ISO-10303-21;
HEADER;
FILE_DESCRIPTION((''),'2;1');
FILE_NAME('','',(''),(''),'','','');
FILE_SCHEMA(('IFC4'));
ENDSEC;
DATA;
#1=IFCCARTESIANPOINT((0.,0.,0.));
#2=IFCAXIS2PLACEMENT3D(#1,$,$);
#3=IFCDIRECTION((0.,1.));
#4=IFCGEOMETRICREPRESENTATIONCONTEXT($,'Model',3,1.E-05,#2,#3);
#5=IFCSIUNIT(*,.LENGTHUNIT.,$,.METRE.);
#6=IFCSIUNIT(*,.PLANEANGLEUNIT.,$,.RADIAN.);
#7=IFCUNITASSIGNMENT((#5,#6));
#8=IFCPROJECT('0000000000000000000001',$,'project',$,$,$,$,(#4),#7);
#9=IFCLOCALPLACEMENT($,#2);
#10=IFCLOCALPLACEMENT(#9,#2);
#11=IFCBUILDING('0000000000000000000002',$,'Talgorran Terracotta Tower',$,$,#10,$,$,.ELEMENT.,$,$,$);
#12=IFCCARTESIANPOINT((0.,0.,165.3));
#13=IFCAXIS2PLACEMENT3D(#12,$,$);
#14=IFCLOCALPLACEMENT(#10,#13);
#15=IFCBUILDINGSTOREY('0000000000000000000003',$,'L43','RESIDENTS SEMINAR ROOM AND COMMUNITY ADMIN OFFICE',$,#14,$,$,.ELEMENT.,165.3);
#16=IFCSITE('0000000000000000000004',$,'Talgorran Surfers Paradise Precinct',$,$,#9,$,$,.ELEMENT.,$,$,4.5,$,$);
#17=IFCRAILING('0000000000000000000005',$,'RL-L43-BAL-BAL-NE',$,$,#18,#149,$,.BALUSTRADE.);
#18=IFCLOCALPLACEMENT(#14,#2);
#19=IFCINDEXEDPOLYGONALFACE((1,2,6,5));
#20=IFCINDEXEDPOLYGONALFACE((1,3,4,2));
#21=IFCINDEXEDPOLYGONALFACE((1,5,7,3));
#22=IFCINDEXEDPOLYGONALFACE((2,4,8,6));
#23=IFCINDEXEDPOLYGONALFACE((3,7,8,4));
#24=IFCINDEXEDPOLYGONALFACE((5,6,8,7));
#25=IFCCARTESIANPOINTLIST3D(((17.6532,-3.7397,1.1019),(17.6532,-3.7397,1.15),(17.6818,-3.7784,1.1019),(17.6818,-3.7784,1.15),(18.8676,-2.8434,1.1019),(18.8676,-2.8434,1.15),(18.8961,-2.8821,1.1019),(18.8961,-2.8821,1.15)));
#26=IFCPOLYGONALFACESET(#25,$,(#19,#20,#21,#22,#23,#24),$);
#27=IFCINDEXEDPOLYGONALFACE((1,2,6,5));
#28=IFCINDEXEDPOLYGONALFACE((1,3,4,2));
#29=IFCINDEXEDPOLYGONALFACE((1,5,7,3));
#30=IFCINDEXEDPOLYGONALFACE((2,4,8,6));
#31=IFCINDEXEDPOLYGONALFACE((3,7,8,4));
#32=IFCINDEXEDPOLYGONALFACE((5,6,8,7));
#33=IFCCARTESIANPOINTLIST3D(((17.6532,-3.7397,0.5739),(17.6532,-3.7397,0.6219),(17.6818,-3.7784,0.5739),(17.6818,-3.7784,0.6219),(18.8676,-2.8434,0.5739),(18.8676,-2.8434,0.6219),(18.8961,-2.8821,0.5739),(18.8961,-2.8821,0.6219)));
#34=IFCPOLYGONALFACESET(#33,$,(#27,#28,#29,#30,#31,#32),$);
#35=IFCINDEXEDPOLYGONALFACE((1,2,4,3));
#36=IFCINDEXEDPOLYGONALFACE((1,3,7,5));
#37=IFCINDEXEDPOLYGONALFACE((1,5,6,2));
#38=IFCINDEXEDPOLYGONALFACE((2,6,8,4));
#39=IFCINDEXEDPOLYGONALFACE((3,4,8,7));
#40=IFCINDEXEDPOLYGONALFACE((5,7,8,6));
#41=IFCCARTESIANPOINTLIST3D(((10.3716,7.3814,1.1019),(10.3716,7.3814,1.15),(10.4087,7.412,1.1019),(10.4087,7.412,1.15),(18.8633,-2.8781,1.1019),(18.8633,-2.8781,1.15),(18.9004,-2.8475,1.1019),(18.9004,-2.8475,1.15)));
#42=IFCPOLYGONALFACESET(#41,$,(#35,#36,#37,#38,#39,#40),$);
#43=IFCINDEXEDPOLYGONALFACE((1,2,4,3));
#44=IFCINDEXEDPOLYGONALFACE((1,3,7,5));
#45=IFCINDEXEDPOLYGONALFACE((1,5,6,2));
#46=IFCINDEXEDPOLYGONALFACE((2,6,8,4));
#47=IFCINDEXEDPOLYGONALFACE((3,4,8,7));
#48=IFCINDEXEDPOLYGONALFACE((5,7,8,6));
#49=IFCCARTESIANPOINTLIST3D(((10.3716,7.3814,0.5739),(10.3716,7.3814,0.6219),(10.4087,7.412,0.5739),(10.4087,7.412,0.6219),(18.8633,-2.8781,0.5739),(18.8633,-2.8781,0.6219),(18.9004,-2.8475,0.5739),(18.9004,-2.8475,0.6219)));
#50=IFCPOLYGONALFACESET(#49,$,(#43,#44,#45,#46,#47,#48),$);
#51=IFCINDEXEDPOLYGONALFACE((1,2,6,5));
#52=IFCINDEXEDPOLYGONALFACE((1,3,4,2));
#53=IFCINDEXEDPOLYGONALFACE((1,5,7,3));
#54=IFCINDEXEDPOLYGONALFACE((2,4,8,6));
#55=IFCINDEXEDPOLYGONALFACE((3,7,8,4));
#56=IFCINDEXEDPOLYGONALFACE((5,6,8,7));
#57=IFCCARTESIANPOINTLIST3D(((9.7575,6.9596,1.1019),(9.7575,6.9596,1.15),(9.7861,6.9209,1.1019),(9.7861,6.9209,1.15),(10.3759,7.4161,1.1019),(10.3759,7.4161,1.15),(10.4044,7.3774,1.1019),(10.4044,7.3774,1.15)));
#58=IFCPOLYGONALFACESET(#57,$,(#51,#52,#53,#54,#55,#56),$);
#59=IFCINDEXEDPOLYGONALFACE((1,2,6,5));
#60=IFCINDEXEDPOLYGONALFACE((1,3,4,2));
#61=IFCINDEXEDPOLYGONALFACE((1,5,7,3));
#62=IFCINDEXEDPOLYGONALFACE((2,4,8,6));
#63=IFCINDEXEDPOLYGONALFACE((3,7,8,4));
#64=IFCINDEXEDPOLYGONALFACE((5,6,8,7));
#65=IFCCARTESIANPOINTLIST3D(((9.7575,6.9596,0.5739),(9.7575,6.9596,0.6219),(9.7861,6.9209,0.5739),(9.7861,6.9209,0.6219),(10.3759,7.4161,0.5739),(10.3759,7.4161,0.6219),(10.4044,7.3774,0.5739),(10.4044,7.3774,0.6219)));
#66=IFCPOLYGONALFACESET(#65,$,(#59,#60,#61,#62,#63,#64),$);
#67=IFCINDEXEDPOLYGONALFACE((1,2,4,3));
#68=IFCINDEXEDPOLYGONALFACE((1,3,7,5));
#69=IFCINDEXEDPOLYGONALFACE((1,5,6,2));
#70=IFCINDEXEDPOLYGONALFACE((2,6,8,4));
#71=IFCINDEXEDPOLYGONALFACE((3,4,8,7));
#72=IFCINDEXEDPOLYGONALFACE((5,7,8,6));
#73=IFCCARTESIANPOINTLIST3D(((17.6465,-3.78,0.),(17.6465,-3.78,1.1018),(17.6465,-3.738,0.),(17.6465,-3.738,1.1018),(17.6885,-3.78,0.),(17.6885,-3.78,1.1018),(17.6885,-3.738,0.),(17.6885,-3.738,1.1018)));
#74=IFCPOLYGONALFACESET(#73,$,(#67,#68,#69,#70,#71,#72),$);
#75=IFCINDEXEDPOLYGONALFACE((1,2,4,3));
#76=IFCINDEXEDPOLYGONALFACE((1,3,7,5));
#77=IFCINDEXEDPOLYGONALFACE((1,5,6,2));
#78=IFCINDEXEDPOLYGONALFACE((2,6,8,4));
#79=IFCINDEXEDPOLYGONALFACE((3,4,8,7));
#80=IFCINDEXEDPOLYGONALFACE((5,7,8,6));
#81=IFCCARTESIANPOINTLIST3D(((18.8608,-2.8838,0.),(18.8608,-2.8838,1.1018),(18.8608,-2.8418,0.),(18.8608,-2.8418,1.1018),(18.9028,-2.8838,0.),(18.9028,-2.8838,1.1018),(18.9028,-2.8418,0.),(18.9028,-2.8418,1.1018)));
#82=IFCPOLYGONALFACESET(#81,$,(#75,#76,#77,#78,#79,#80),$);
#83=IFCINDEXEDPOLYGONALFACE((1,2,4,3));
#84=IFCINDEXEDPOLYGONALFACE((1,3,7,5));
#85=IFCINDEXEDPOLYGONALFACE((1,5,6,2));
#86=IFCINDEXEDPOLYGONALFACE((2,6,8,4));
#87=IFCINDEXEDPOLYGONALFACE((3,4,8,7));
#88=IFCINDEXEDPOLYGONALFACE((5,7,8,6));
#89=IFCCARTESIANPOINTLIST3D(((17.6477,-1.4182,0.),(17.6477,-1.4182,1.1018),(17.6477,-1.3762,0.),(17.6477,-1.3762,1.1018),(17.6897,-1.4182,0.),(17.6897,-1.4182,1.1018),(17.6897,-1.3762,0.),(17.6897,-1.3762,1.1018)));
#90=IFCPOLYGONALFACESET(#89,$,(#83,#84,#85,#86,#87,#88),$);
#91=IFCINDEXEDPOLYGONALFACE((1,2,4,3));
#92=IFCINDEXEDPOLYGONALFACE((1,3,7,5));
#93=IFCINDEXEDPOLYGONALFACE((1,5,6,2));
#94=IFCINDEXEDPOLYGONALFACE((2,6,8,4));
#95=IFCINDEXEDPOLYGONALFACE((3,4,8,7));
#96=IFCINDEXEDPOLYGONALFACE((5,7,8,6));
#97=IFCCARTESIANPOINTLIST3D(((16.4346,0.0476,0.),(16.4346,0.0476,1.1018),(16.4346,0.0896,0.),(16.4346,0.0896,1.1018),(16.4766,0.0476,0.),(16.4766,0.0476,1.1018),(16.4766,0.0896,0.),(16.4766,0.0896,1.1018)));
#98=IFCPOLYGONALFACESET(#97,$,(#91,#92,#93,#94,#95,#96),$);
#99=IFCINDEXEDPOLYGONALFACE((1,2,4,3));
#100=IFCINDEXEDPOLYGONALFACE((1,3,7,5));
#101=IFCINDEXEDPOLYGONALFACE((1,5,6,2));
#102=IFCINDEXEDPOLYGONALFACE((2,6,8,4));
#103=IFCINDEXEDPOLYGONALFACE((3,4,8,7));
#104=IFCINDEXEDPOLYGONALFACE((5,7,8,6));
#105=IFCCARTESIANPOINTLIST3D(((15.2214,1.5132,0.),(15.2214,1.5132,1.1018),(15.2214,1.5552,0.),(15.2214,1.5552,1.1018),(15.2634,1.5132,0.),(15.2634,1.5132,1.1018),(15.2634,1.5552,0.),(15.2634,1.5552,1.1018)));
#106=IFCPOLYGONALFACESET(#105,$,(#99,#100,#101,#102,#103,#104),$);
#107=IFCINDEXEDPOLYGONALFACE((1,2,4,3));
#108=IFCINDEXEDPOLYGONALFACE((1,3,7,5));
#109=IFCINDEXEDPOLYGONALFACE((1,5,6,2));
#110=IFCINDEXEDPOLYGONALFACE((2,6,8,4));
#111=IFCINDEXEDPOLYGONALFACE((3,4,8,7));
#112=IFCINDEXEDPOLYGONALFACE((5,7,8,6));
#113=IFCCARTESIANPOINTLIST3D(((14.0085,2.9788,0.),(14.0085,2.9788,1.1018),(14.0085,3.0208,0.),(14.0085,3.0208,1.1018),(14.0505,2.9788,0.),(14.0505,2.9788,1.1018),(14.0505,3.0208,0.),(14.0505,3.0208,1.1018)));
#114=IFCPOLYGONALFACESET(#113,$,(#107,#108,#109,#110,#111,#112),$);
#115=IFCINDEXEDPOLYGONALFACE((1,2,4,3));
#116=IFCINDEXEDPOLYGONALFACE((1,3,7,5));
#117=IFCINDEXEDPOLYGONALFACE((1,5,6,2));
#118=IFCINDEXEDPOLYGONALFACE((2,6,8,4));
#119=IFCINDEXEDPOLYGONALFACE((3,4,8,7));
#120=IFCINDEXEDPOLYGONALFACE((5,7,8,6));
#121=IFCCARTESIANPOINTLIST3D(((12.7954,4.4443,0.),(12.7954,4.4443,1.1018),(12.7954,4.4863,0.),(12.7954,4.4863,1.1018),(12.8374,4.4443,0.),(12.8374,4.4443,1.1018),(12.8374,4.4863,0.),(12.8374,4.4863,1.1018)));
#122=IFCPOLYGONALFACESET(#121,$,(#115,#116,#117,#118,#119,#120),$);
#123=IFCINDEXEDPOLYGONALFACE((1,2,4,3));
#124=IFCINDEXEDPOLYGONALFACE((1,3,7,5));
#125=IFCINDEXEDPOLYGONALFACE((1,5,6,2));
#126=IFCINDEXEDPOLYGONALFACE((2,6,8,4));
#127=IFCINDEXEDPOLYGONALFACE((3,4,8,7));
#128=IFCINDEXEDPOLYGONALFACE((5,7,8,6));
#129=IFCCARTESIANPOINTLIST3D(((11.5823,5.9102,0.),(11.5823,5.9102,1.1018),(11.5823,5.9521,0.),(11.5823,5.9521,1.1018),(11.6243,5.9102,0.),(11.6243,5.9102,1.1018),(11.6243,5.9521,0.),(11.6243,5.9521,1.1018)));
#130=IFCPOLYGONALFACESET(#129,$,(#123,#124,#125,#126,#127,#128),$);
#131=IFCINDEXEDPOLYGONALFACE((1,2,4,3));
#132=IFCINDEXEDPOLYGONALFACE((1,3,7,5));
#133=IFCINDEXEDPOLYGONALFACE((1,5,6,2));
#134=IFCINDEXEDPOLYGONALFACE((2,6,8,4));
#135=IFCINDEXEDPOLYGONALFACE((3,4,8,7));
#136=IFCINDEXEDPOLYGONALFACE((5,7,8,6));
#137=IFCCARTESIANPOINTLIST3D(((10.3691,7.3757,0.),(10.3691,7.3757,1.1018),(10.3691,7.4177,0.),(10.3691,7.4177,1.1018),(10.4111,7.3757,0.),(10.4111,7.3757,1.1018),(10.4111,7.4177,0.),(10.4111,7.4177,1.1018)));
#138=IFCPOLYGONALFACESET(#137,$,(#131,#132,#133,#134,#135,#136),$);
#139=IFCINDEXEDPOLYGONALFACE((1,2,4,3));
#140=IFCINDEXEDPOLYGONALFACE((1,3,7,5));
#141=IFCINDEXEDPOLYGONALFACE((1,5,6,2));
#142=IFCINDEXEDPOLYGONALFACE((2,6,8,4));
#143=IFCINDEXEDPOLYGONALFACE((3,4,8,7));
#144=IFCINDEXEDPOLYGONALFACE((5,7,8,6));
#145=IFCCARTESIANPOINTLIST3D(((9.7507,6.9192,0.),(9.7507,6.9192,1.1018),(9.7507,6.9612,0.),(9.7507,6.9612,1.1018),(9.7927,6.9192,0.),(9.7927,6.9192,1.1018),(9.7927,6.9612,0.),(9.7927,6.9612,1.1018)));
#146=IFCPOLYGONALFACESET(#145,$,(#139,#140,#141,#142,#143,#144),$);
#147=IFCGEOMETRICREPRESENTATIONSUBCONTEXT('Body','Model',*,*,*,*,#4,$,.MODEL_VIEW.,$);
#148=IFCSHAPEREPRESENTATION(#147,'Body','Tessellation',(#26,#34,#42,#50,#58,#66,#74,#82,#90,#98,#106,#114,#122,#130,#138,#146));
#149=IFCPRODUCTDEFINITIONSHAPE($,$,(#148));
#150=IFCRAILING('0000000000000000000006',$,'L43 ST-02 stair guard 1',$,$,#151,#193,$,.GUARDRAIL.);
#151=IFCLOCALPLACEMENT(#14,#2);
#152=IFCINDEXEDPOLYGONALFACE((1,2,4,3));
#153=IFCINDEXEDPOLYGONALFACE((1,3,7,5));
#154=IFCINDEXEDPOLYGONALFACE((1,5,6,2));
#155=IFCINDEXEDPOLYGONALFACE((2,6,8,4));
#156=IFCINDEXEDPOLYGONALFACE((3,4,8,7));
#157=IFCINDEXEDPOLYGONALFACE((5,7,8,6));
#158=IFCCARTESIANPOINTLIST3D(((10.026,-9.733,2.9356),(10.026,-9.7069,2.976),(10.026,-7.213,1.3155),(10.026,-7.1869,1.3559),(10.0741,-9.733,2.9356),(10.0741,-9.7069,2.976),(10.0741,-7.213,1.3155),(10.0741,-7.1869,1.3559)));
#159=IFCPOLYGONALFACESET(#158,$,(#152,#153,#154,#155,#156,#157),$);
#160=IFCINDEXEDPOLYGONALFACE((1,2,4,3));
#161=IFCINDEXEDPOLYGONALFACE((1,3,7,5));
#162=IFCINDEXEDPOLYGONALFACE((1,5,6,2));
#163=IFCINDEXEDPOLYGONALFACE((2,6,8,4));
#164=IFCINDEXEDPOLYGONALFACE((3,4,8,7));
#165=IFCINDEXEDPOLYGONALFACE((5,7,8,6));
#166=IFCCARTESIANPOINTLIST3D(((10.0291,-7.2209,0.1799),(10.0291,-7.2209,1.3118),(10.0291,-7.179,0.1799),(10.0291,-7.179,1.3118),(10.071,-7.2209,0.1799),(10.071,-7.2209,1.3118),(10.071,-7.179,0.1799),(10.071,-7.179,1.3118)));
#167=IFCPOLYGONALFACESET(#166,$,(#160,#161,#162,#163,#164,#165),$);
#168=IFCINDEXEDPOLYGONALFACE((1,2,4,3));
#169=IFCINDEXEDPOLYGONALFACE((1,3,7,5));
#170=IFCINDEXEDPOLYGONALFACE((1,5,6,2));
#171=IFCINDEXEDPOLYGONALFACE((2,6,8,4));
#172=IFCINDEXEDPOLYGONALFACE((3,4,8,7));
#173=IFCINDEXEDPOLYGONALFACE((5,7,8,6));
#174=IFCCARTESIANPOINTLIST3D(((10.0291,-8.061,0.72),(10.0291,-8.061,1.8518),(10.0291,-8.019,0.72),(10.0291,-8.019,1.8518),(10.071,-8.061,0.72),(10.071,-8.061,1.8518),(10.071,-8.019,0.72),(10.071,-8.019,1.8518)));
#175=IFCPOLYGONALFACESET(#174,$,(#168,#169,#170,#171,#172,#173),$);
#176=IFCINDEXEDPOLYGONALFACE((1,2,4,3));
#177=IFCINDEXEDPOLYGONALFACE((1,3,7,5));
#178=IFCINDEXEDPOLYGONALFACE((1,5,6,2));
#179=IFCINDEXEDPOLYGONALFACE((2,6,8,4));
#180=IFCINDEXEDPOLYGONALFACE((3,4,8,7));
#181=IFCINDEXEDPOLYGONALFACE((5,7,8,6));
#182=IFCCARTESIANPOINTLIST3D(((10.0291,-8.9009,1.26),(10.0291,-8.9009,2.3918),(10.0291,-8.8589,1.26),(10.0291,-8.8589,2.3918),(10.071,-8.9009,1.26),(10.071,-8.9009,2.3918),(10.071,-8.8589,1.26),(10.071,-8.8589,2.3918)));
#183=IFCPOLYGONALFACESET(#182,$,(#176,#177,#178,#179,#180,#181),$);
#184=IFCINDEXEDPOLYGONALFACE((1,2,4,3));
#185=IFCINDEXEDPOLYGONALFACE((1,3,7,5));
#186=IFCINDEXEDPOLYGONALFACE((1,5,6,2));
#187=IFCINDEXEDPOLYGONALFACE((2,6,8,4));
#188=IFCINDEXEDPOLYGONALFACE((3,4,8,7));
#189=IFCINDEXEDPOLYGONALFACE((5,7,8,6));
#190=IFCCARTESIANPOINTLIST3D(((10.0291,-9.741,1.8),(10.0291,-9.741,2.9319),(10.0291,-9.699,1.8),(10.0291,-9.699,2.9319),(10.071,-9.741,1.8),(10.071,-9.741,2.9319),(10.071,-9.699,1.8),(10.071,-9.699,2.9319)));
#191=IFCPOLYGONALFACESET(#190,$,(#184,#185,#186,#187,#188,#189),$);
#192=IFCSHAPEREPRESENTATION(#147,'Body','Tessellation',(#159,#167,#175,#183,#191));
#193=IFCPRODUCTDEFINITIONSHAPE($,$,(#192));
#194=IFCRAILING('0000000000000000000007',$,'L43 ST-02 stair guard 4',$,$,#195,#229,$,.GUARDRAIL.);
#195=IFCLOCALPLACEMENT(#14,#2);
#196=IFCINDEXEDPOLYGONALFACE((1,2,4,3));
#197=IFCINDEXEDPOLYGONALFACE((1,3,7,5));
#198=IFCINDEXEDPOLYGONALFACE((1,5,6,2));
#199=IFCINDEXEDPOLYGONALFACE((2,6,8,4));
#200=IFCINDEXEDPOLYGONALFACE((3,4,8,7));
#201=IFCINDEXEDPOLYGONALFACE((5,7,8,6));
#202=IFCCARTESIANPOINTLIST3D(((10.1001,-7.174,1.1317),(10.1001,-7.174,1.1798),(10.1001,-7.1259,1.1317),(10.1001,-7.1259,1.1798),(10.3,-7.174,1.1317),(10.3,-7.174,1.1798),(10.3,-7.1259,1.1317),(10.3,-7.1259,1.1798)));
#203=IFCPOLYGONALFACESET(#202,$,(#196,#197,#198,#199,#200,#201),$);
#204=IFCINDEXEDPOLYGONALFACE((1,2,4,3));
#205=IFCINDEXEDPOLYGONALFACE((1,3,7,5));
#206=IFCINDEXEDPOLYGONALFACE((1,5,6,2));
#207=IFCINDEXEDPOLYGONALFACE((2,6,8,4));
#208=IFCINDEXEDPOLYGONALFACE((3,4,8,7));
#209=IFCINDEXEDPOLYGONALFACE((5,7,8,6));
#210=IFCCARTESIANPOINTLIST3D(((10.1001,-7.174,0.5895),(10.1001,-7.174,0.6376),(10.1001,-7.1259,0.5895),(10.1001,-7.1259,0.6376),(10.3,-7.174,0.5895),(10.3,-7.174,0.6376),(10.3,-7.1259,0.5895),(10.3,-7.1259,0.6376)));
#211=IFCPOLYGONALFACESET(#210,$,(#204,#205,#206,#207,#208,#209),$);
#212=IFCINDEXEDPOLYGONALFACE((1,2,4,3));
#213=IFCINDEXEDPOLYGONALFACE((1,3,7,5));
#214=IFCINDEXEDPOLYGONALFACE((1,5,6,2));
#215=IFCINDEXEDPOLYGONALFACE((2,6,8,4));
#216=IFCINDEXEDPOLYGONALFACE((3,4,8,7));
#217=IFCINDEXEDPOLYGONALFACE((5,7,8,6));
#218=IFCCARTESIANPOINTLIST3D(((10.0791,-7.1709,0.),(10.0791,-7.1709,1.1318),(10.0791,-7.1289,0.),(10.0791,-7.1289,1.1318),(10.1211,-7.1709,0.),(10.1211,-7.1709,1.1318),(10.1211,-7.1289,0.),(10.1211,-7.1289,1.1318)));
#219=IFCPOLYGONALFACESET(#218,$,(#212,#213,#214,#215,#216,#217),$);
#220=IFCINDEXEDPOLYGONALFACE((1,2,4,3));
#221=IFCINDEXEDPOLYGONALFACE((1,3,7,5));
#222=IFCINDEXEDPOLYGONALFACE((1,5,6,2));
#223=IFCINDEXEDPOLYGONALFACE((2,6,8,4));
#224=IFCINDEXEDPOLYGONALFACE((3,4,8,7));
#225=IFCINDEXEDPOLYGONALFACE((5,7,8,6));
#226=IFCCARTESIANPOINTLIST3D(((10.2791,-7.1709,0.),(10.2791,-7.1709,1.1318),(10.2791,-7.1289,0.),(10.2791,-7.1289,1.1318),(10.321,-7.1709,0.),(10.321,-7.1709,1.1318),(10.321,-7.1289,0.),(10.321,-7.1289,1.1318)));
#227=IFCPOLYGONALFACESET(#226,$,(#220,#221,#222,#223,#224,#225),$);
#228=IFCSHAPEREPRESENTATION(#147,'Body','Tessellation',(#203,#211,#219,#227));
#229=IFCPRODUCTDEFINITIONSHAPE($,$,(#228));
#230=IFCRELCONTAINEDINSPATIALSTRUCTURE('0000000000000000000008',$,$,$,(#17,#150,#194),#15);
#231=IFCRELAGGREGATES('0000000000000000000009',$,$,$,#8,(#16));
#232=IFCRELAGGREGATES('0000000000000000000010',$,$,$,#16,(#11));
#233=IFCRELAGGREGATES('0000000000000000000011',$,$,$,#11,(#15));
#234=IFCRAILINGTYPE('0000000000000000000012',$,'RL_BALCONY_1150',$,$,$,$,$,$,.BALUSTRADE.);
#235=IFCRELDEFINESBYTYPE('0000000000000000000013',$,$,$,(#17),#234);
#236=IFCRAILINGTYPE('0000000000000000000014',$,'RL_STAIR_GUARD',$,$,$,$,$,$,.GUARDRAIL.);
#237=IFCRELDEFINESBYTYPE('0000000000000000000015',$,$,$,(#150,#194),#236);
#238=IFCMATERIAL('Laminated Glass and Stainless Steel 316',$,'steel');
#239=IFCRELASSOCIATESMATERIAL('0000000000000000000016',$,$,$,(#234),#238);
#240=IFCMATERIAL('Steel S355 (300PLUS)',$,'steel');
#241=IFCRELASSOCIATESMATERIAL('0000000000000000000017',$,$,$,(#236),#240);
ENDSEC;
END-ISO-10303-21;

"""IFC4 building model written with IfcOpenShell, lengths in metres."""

from ifc_helpers import new_model, si_unit, direction, frame, origin, origin_2d, place, context, subcontext, project, spatial, rectangle, extrude, material, type_object, element, save


model = new_model("IFC4")

# Units and contexts
model_context = context("Model", 3, precision=1e-05, world=origin(), true_north=direction((0.0, 1.0)))
body_context = subcontext(model_context, "Body", "Model", "MODEL_VIEW")
ifc_project = project(units=[si_unit("LENGTHUNIT", "METRE"), si_unit("PLANEANGLEUNIT", "RADIAN")], contexts=[model_context])

# Site, building, storey
site_placement = place(None, origin())
site = spatial("IfcSite", under=ifc_project, at=site_placement, Name="Talgorran Surfers Paradise Precinct", CompositionType="ELEMENT", RefElevation=4.5)
building_placement = place(site_placement, origin())
building = spatial("IfcBuilding", under=site, at=building_placement, Name="Talgorran Terracotta Tower", CompositionType="ELEMENT")
storey_placement = place(building_placement, frame((0.0, 0.0, 165.3)))
storey = spatial("IfcBuildingStorey", under=building, at=storey_placement, Name="L43", Description="RESIDENTS SEMINAR ROOM AND COMMUNITY ADMIN OFFICE", CompositionType="ELEMENT", Elevation=165.3)

# Shared definitions
ifc_material_1 = material(Name="Steel S355 (300PLUS)", Category="steel")

# Railings
ifc_material_2 = material(Name="Laminated Glass and Stainless Steel 316", Category="steel")
railing_type_1 = type_object("IfcRailingType", Name="RL_BALCONY_1150", PredefinedType="BALUSTRADE", material=ifc_material_2)
railing_1_placement = place(storey_placement, frame((17.6675, -3.759, 0.0)))
element("IfcRailing", 1, at=railing_1_placement, inside=storey, type_object=railing_type_1, Name="RL-L43-BAL-BAL-NE", PredefinedType="BALUSTRADE", context=body_context, shape_type="SweptSolid", body=[
    extrude(rectangle(XDim=0.0481, YDim=0.0481, at=origin_2d()), frame((0.0, 0.0, 1.126), z_axis=(0.804596, 0.593822, 0.0), x_axis=(-0.593822, 0.804596, 0.0)), (0.0, 0.0, 1.0), 1.5093),
    extrude(rectangle(XDim=0.0481, YDim=0.0481, at=origin_2d()), frame((0.0, 0.0, 0.5979), z_axis=(0.804596, 0.593822, 0.0), x_axis=(-0.593822, 0.804596, 0.0)), (0.0, 0.0, 1.0), 1.5093),
    extrude(rectangle(XDim=0.0481, YDim=0.0481, at=origin_2d()), frame((1.2144, 0.8962, 1.126), z_axis=(-0.637615, 0.770355, 0.0), x_axis=(-0.770355, -0.637615, 0.0)), (0.0, 0.0, 1.0), 13.3179),
    extrude(rectangle(XDim=0.0481, YDim=0.0481, at=origin_2d()), frame((1.2144, 0.8962, 0.5979), z_axis=(-0.637615, 0.770355, 0.0), x_axis=(-0.770355, -0.637615, 0.0)), (0.0, 0.0, 1.0), 13.3179),
    extrude(rectangle(XDim=0.0481, YDim=0.0481, at=origin_2d()), frame((-7.2773, 11.1558, 1.126), z_axis=(-0.804513, -0.593936, 0.0), x_axis=(0.593936, -0.804513, 0.0)), (0.0, 0.0, 1.0), 0.7686),
    extrude(rectangle(XDim=0.0481, YDim=0.0481, at=origin_2d()), frame((-7.2773, 11.1558, 0.5979), z_axis=(-0.804513, -0.593936, 0.0), x_axis=(0.593936, -0.804513, 0.0)), (0.0, 0.0, 1.0), 0.7686),
    extrude(rectangle(XDim=0.042, YDim=0.042, at=origin_2d()), origin(), (0.0, 0.0, 1.0), 1.1018),
    extrude(rectangle(XDim=0.042, YDim=0.042, at=origin_2d()), frame((1.2144, 0.8962, 0.0)), (0.0, 0.0, 1.0), 1.1018),
    extrude(rectangle(XDim=0.042, YDim=0.042, at=origin_2d()), frame((0.0012, 2.3618, 0.0)), (0.0, 0.0, 1.0), 1.1018),
    extrude(rectangle(XDim=0.042, YDim=0.042, at=origin_2d()), frame((-1.2119, 3.8276, 0.0)), (0.0, 0.0, 1.0), 1.1018),
    extrude(rectangle(XDim=0.042, YDim=0.042, at=origin_2d()), frame((-2.425, 5.2932, 0.0)), (0.0, 0.0, 1.0), 1.1018),
    extrude(rectangle(XDim=0.042, YDim=0.042, at=origin_2d()), frame((-3.6379, 6.7588, 0.0)), (0.0, 0.0, 1.0), 1.1018),
    extrude(rectangle(XDim=0.042, YDim=0.042, at=origin_2d()), frame((-4.8511, 8.2244, 0.0)), (0.0, 0.0, 1.0), 1.1018),
    extrude(rectangle(XDim=0.042, YDim=0.042, at=origin_2d()), frame((-6.0642, 9.6902, 0.0)), (0.0, 0.0, 1.0), 1.1018),
    extrude(rectangle(XDim=0.042, YDim=0.042, at=origin_2d()), frame((-7.2773, 11.1558, 0.0)), (0.0, 0.0, 1.0), 1.1018),
    extrude(rectangle(XDim=0.042, YDim=0.042, at=origin_2d()), frame((-7.8958, 10.6992, 0.0)), (0.0, 0.0, 1.0), 1.1018),
])
railing_type_2 = type_object("IfcRailingType", Name="RL_STAIR_GUARD", PredefinedType="GUARDRAIL", material=ifc_material_1)
railing_2_placement = place(storey_placement, frame((10.05, -7.2, 0.1799)))
element("IfcRailing", 2, at=railing_2_placement, inside=storey, type_object=railing_type_2, Name="L43 ST-02 stair guard 1", PredefinedType="GUARDRAIL", context=body_context, shape_type="SweptSolid", body=[
    extrude(rectangle(XDim=0.0481, YDim=0.0481, at=origin_2d()), frame((0.0, 0.0, 1.1558), z_axis=(0.0, -0.841163, 0.540782), x_axis=(1.0, 0.0, 0.0)), (0.0, 0.0, 1.0), 2.9958),
    extrude(rectangle(XDim=0.042, YDim=0.042, at=origin_2d()), origin(), (0.0, 0.0, 1.0), 1.1318),
    extrude(rectangle(XDim=0.042, YDim=0.042, at=origin_2d()), frame((0.0, -0.8401, 0.54)), (0.0, 0.0, 1.0), 1.1318),
    extrude(rectangle(XDim=0.042, YDim=0.042, at=origin_2d()), frame((0.0, -1.6799, 1.0801)), (0.0, 0.0, 1.0), 1.1318),
    extrude(rectangle(XDim=0.042, YDim=0.042, at=origin_2d()), frame((0.0, -2.52, 1.6201)), (0.0, 0.0, 1.0), 1.1318),
])
railing_3_placement = place(storey_placement, frame((10.1001, -7.1499, 0.0)))
element("IfcRailing", 3, at=railing_3_placement, inside=storey, type_object=railing_type_2, Name="L43 ST-02 stair guard 4", PredefinedType="GUARDRAIL", context=body_context, shape_type="SweptSolid", body=[
    extrude(rectangle(XDim=0.0481, YDim=0.0481, at=origin_2d()), frame((0.0, 0.0, 1.1558), z_axis=(1.0, 0.0, 0.0), x_axis=(0.0, 1.0, 0.0)), (0.0, 0.0, 1.0), 0.2),
    extrude(rectangle(XDim=0.0481, YDim=0.0481, at=origin_2d()), frame((0.0, 0.0, 0.6135), z_axis=(1.0, 0.0, 0.0), x_axis=(0.0, 1.0, 0.0)), (0.0, 0.0, 1.0), 0.2),
    extrude(rectangle(XDim=0.042, YDim=0.042, at=origin_2d()), origin(), (0.0, 0.0, 1.0), 1.1318),
    extrude(rectangle(XDim=0.042, YDim=0.042, at=origin_2d()), frame((0.2, 0.0, 0.0)), (0.0, 0.0, 1.0), 1.1318),
])

save(model, "model.ifc")
